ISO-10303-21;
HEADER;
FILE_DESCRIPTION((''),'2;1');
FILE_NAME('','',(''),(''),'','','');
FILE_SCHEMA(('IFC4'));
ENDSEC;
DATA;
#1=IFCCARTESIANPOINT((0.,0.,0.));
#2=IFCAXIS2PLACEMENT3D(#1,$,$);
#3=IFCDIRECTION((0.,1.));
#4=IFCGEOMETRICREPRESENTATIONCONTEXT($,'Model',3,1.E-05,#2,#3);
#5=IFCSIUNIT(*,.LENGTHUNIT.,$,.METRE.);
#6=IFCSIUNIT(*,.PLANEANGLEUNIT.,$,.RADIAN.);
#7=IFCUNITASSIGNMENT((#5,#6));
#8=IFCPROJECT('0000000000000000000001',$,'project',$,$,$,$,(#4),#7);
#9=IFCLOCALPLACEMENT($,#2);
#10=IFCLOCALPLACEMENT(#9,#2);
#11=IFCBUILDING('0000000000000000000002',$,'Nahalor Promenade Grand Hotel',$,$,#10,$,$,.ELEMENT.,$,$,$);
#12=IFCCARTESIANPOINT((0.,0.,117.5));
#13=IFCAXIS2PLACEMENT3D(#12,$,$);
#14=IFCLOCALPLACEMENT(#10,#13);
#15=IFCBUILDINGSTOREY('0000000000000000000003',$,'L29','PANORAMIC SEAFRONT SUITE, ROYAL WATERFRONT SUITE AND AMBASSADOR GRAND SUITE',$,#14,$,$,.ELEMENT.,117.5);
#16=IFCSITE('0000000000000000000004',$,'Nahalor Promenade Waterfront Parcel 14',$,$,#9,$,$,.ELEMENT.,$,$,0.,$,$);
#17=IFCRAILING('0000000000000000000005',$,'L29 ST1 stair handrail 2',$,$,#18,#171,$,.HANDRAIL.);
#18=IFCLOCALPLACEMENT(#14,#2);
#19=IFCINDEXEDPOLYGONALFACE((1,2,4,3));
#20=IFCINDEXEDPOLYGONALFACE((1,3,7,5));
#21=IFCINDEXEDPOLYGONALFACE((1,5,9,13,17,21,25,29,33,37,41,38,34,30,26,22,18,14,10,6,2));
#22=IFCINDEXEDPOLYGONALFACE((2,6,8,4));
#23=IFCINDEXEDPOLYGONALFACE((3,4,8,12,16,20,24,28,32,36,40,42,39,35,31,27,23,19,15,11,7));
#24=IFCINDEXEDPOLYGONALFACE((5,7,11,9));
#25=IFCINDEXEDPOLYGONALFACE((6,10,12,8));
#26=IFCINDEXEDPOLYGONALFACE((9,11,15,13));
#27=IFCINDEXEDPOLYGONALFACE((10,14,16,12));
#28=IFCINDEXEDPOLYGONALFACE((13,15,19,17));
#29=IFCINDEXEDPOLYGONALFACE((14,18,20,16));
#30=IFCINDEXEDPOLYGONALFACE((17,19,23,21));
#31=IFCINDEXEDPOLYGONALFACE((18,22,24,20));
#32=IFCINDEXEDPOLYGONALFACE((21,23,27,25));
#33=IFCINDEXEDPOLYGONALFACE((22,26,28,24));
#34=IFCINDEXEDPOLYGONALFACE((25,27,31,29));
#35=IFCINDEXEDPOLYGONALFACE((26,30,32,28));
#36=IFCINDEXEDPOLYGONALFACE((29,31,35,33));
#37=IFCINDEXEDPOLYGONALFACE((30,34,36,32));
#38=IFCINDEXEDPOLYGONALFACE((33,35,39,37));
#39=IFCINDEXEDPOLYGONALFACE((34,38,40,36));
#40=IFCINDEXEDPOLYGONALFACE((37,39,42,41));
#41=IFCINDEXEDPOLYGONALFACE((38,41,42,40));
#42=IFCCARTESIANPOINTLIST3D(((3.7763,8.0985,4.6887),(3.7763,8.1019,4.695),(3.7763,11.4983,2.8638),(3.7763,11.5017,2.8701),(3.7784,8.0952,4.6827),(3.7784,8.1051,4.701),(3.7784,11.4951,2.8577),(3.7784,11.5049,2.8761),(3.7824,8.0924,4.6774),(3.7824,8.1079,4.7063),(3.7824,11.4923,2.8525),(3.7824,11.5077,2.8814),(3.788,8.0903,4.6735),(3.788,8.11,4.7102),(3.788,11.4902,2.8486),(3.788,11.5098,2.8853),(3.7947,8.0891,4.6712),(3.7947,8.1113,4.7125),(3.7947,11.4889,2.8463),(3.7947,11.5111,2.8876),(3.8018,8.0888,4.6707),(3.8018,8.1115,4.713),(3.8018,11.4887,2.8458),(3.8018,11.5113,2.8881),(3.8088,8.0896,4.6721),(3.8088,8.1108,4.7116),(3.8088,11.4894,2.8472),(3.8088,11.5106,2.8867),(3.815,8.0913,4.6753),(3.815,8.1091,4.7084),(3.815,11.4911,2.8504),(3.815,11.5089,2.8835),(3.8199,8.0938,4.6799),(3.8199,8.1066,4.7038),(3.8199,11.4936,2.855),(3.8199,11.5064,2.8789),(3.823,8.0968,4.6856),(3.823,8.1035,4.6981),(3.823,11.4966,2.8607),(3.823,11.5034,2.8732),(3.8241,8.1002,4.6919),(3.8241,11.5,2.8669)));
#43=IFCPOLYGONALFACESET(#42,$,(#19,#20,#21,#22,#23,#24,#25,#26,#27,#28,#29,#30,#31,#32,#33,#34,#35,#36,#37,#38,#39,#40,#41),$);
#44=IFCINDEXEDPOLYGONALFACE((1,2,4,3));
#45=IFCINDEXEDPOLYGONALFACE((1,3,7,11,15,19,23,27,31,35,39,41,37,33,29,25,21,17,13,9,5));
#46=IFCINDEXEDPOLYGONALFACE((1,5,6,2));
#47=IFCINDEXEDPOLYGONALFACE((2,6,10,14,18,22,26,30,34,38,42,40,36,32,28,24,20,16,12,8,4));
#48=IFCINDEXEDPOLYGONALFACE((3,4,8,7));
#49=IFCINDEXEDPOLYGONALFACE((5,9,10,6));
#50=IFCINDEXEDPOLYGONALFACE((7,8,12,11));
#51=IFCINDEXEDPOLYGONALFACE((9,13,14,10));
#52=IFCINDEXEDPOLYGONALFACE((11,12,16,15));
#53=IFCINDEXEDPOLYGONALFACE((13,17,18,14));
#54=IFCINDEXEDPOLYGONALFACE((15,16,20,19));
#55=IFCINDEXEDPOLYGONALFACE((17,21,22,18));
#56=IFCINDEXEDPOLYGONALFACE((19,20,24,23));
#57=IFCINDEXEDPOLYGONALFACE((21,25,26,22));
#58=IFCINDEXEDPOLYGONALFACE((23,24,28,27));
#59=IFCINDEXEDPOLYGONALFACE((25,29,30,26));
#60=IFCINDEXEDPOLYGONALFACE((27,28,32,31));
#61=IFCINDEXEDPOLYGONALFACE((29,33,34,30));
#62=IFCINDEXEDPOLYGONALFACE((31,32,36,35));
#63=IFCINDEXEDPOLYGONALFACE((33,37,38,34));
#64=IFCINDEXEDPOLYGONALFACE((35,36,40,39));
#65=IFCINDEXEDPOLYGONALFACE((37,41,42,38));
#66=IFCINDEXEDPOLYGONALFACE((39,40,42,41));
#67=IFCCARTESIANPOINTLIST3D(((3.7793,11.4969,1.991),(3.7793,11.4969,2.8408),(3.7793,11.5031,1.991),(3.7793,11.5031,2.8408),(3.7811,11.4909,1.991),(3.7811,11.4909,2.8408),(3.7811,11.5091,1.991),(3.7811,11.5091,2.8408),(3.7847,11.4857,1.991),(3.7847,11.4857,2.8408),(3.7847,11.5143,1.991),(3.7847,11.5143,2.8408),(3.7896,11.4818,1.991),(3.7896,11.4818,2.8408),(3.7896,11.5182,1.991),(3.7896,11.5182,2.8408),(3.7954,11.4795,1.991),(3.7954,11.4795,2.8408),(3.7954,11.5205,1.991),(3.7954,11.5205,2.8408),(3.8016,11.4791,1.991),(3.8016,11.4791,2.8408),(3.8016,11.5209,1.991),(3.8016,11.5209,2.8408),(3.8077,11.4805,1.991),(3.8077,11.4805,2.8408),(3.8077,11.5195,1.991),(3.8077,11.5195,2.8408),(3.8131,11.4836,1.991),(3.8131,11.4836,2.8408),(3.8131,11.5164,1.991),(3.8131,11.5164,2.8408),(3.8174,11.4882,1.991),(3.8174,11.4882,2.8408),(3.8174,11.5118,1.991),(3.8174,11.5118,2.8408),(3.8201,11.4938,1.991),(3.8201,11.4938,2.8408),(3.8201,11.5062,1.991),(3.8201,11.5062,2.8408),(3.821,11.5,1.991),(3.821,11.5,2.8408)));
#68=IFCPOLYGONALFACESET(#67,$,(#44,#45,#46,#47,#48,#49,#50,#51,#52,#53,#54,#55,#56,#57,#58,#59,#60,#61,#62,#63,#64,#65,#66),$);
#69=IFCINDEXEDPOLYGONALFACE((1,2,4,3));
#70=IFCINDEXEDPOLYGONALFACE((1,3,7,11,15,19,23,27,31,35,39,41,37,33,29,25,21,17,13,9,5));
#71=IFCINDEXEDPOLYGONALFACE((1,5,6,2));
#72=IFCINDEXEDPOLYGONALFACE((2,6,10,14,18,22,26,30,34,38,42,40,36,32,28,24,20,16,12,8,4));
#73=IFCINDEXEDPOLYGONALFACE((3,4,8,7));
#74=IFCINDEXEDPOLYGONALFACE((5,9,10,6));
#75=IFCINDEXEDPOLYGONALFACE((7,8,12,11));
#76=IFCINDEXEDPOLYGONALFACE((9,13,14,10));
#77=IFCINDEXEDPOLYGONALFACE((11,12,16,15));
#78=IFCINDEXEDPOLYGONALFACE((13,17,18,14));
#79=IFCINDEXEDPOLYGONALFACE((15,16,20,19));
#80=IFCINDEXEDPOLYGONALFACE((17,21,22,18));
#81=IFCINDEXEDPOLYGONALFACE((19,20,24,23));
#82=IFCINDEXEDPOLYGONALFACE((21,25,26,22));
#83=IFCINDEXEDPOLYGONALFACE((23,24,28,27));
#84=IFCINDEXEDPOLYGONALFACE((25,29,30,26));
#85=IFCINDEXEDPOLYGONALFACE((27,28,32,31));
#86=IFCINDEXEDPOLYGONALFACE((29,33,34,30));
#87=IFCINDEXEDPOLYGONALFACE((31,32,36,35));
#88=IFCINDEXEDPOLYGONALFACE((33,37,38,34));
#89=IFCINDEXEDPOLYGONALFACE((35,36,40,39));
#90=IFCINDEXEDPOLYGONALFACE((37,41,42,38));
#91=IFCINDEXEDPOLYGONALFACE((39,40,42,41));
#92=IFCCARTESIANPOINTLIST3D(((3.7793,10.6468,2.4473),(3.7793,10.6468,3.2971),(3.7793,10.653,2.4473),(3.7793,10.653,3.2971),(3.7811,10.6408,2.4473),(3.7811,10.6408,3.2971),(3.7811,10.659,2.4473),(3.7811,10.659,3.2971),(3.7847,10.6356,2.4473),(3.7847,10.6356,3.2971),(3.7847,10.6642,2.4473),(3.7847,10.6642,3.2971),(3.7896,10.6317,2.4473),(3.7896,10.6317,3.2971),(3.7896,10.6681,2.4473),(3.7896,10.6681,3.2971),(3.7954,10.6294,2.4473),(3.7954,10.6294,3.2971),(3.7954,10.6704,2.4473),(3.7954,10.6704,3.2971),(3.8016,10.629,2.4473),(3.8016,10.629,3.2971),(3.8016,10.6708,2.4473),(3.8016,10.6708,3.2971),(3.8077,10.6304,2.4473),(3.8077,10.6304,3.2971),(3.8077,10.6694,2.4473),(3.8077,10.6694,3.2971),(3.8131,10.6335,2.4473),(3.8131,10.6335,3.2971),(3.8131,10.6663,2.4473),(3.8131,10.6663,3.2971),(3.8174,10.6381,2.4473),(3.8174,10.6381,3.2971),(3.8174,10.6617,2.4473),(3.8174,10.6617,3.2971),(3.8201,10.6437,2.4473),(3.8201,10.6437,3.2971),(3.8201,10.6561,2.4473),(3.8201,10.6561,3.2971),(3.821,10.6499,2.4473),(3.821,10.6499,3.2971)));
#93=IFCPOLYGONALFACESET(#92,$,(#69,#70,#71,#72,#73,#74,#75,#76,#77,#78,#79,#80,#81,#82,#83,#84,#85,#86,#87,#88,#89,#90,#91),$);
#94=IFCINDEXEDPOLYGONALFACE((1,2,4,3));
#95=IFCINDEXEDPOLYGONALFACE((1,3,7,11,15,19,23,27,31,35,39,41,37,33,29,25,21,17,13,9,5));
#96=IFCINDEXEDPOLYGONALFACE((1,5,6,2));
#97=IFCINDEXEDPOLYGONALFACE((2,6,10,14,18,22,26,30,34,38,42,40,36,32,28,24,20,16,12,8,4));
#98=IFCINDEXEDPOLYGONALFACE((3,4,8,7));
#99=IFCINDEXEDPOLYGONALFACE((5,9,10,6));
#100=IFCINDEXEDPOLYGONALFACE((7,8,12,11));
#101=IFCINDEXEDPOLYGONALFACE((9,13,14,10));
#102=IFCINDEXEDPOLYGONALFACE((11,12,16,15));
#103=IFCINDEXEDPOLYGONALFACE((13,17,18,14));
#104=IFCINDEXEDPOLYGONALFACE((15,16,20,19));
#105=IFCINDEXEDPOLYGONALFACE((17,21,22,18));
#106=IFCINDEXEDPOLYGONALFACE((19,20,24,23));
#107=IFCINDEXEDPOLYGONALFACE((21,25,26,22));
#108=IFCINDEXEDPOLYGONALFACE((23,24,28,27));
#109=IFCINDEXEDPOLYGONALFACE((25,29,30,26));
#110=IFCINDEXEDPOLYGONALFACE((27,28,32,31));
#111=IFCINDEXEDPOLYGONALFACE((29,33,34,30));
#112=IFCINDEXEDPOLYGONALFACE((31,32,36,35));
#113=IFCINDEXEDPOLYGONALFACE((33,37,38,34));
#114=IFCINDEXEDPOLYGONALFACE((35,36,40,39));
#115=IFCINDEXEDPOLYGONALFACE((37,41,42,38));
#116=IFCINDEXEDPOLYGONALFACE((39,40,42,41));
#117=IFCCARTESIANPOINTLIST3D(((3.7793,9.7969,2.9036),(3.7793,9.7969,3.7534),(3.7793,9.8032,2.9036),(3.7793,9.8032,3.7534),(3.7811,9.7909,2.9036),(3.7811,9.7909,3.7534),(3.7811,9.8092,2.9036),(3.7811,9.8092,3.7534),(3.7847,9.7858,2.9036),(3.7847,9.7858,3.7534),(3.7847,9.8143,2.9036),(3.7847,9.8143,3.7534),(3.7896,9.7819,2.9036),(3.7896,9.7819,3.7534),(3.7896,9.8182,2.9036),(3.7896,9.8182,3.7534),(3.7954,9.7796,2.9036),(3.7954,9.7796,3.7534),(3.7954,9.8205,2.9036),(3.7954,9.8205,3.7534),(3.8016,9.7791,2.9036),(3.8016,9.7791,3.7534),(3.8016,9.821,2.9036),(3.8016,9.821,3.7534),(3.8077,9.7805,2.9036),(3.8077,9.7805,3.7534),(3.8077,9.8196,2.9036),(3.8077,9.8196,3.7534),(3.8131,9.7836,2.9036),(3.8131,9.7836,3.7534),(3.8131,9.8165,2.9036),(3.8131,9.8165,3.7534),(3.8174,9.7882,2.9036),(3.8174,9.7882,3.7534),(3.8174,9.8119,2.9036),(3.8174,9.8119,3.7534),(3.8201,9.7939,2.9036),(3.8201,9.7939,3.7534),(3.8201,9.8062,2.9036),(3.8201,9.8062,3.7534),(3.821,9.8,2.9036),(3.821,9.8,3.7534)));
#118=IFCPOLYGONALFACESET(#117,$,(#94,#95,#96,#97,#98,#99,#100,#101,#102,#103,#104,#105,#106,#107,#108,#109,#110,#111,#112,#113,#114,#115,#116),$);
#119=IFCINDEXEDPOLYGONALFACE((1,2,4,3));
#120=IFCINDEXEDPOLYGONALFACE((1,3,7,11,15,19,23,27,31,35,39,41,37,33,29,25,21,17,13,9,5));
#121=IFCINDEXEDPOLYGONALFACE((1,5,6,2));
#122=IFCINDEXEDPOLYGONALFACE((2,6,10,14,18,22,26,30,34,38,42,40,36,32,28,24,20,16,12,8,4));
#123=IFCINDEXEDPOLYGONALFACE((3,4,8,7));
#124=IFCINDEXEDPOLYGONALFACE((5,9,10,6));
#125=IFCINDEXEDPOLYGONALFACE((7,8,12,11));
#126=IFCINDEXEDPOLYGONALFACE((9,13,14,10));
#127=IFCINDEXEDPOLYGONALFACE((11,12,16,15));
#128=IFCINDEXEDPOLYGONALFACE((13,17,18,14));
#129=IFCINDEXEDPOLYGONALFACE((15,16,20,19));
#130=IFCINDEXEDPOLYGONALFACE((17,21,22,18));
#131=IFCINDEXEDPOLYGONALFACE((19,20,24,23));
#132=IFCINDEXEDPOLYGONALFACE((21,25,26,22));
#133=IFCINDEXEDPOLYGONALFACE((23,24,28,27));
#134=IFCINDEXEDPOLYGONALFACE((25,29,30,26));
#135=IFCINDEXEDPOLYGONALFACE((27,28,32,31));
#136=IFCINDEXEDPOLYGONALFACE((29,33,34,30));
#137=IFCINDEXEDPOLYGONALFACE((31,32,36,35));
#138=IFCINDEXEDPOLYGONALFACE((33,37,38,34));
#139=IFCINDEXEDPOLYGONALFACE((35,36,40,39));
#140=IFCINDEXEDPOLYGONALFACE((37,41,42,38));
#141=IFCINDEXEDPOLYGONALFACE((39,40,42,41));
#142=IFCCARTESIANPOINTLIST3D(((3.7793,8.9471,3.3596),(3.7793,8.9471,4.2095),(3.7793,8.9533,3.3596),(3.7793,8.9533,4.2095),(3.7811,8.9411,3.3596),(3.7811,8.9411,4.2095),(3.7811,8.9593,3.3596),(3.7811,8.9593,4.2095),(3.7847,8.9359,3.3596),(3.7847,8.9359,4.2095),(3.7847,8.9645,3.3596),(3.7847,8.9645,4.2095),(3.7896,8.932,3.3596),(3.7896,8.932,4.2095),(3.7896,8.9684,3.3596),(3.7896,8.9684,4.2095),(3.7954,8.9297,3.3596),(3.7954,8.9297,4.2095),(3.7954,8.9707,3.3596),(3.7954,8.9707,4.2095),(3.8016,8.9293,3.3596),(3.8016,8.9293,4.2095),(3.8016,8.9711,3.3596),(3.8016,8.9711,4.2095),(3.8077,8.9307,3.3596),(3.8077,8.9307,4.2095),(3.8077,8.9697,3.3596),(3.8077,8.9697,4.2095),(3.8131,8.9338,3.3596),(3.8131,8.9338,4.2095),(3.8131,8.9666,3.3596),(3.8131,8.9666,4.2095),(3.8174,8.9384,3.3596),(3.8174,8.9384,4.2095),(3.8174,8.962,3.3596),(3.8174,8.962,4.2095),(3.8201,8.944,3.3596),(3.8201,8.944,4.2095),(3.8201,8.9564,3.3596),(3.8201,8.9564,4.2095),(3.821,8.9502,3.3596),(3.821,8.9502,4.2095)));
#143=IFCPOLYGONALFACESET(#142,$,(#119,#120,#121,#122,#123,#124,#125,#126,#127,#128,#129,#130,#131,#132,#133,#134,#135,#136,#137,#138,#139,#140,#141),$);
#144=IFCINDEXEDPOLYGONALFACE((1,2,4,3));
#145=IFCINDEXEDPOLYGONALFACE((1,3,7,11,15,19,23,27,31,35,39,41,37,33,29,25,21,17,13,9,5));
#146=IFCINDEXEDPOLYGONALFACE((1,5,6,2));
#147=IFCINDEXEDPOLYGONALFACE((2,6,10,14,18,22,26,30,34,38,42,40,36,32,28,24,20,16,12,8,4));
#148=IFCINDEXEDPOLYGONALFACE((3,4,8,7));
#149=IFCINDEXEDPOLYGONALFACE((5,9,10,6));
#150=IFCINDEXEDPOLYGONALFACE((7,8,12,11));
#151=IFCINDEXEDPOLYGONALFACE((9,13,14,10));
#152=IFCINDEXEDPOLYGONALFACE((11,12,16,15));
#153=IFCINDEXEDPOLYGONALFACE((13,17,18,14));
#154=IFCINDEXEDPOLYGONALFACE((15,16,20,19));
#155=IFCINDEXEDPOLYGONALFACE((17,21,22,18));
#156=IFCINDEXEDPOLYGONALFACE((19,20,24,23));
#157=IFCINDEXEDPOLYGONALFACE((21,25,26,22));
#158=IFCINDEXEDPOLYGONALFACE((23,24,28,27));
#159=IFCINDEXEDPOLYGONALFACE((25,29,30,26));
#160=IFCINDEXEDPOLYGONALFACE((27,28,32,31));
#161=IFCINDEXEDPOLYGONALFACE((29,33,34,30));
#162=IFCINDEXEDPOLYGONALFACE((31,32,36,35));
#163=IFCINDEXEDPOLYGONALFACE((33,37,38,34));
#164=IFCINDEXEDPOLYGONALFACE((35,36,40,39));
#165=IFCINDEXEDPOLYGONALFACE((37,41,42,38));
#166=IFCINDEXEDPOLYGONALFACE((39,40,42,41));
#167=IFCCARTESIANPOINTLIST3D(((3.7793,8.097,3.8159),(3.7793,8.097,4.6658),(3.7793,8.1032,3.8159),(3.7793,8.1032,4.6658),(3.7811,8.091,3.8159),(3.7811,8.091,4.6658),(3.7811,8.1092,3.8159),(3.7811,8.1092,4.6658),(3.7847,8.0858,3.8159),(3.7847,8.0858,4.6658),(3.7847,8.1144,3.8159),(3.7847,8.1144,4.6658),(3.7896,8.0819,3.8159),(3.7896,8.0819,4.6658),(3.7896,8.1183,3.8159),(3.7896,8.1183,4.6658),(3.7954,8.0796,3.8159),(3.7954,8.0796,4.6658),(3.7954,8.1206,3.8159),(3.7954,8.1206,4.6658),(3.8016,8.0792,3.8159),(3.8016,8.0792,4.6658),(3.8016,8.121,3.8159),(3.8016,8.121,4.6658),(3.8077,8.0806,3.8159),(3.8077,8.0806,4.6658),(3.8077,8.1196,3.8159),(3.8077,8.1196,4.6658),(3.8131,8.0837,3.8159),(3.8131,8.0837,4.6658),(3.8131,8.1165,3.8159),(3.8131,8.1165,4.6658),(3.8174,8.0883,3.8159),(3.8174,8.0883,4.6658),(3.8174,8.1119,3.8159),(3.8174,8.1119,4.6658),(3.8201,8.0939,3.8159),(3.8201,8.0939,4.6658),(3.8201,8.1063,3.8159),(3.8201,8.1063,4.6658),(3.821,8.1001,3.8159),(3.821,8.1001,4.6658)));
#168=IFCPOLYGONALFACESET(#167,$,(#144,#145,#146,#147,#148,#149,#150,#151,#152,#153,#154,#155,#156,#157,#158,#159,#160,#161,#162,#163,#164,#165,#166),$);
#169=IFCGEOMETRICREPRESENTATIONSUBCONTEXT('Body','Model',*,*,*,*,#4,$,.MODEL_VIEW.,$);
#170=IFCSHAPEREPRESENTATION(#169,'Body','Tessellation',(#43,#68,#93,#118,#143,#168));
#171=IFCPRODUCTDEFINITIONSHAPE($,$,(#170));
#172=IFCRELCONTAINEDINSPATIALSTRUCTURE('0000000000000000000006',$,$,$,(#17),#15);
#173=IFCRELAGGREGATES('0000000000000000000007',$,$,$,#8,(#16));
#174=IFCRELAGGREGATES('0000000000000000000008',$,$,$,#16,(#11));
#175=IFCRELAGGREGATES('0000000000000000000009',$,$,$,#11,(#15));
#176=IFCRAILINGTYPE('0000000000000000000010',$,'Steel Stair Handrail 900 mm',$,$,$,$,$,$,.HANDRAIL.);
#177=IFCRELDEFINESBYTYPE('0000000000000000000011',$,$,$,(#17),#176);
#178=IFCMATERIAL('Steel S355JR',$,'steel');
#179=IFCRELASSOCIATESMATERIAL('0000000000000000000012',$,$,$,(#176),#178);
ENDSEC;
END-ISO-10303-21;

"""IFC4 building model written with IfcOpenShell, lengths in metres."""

from ifc_helpers import new_model, si_unit, direction, frame, origin, origin_2d, place, context, subcontext, project, spatial, circle, extrude, material, type_object, element, save


model = new_model("IFC4")

# Units and contexts
model_context = context("Model", 3, precision=1e-05, world=origin(), true_north=direction((0.0, 1.0)))
body_context = subcontext(model_context, "Body", "Model", "MODEL_VIEW")
ifc_project = project(units=[si_unit("LENGTHUNIT", "METRE"), si_unit("PLANEANGLEUNIT", "RADIAN")], contexts=[model_context])

# Site, building, storey
site_placement = place(None, origin())
site = spatial("IfcSite", under=ifc_project, at=site_placement, Name="Nahalor Promenade Waterfront Parcel 14", CompositionType="ELEMENT", RefElevation=0.0)
building_placement = place(site_placement, origin())
building = spatial("IfcBuilding", under=site, at=building_placement, Name="Nahalor Promenade Grand Hotel", CompositionType="ELEMENT")
storey_placement = place(building_placement, frame((0.0, 0.0, 117.5)))
storey = spatial("IfcBuildingStorey", under=building, at=storey_placement, Name="L29", Description="PANORAMIC SEAFRONT SUITE, ROYAL WATERFRONT SUITE AND AMBASSADOR GRAND SUITE", CompositionType="ELEMENT", Elevation=117.5)

# Shared definitions
ifc_material_1 = material(Name="Steel S355JR", Category="steel")

# Railing
railing_type_1 = type_object("IfcRailingType", Name="Steel Stair Handrail 900 mm", PredefinedType="HANDRAIL", material=ifc_material_1)
railing_1_placement = place(storey_placement, frame((3.8, 11.5, 1.991)))
element("IfcRailing", 1, at=railing_1_placement, inside=storey, type_object=railing_type_1, Name="L29 ST1 stair handrail 2", PredefinedType="HANDRAIL", context=body_context, shape_type="SweptSolid", body=[
    extrude(circle(Radius=0.024, at=origin_2d()), frame((0.0, 0.0, 0.876), z_axis=(0.0, -0.881094, 0.472941), x_axis=(1.0, 0.0, 0.0)), (0.0, 0.0, 1.0), 3.8586),
    extrude(circle(Radius=0.021, at=origin_2d()), origin(), (0.0, 0.0, 1.0), 0.8499),
    extrude(circle(Radius=0.021, at=origin_2d()), frame((0.0, -0.8501, 0.4563)), (0.0, 0.0, 1.0), 0.8499),
    extrude(circle(Radius=0.021, at=origin_2d()), frame((0.0, -1.7, 0.9126)), (0.0, 0.0, 1.0), 0.8499),
    extrude(circle(Radius=0.021, at=origin_2d()), frame((0.0, -2.5498, 1.3687)), (0.0, 0.0, 1.0), 0.8499),
    extrude(circle(Radius=0.021, at=origin_2d()), frame((0.0, -3.3999, 1.825)), (0.0, 0.0, 1.0), 0.8499),
])

save(model, "model.ifc")
